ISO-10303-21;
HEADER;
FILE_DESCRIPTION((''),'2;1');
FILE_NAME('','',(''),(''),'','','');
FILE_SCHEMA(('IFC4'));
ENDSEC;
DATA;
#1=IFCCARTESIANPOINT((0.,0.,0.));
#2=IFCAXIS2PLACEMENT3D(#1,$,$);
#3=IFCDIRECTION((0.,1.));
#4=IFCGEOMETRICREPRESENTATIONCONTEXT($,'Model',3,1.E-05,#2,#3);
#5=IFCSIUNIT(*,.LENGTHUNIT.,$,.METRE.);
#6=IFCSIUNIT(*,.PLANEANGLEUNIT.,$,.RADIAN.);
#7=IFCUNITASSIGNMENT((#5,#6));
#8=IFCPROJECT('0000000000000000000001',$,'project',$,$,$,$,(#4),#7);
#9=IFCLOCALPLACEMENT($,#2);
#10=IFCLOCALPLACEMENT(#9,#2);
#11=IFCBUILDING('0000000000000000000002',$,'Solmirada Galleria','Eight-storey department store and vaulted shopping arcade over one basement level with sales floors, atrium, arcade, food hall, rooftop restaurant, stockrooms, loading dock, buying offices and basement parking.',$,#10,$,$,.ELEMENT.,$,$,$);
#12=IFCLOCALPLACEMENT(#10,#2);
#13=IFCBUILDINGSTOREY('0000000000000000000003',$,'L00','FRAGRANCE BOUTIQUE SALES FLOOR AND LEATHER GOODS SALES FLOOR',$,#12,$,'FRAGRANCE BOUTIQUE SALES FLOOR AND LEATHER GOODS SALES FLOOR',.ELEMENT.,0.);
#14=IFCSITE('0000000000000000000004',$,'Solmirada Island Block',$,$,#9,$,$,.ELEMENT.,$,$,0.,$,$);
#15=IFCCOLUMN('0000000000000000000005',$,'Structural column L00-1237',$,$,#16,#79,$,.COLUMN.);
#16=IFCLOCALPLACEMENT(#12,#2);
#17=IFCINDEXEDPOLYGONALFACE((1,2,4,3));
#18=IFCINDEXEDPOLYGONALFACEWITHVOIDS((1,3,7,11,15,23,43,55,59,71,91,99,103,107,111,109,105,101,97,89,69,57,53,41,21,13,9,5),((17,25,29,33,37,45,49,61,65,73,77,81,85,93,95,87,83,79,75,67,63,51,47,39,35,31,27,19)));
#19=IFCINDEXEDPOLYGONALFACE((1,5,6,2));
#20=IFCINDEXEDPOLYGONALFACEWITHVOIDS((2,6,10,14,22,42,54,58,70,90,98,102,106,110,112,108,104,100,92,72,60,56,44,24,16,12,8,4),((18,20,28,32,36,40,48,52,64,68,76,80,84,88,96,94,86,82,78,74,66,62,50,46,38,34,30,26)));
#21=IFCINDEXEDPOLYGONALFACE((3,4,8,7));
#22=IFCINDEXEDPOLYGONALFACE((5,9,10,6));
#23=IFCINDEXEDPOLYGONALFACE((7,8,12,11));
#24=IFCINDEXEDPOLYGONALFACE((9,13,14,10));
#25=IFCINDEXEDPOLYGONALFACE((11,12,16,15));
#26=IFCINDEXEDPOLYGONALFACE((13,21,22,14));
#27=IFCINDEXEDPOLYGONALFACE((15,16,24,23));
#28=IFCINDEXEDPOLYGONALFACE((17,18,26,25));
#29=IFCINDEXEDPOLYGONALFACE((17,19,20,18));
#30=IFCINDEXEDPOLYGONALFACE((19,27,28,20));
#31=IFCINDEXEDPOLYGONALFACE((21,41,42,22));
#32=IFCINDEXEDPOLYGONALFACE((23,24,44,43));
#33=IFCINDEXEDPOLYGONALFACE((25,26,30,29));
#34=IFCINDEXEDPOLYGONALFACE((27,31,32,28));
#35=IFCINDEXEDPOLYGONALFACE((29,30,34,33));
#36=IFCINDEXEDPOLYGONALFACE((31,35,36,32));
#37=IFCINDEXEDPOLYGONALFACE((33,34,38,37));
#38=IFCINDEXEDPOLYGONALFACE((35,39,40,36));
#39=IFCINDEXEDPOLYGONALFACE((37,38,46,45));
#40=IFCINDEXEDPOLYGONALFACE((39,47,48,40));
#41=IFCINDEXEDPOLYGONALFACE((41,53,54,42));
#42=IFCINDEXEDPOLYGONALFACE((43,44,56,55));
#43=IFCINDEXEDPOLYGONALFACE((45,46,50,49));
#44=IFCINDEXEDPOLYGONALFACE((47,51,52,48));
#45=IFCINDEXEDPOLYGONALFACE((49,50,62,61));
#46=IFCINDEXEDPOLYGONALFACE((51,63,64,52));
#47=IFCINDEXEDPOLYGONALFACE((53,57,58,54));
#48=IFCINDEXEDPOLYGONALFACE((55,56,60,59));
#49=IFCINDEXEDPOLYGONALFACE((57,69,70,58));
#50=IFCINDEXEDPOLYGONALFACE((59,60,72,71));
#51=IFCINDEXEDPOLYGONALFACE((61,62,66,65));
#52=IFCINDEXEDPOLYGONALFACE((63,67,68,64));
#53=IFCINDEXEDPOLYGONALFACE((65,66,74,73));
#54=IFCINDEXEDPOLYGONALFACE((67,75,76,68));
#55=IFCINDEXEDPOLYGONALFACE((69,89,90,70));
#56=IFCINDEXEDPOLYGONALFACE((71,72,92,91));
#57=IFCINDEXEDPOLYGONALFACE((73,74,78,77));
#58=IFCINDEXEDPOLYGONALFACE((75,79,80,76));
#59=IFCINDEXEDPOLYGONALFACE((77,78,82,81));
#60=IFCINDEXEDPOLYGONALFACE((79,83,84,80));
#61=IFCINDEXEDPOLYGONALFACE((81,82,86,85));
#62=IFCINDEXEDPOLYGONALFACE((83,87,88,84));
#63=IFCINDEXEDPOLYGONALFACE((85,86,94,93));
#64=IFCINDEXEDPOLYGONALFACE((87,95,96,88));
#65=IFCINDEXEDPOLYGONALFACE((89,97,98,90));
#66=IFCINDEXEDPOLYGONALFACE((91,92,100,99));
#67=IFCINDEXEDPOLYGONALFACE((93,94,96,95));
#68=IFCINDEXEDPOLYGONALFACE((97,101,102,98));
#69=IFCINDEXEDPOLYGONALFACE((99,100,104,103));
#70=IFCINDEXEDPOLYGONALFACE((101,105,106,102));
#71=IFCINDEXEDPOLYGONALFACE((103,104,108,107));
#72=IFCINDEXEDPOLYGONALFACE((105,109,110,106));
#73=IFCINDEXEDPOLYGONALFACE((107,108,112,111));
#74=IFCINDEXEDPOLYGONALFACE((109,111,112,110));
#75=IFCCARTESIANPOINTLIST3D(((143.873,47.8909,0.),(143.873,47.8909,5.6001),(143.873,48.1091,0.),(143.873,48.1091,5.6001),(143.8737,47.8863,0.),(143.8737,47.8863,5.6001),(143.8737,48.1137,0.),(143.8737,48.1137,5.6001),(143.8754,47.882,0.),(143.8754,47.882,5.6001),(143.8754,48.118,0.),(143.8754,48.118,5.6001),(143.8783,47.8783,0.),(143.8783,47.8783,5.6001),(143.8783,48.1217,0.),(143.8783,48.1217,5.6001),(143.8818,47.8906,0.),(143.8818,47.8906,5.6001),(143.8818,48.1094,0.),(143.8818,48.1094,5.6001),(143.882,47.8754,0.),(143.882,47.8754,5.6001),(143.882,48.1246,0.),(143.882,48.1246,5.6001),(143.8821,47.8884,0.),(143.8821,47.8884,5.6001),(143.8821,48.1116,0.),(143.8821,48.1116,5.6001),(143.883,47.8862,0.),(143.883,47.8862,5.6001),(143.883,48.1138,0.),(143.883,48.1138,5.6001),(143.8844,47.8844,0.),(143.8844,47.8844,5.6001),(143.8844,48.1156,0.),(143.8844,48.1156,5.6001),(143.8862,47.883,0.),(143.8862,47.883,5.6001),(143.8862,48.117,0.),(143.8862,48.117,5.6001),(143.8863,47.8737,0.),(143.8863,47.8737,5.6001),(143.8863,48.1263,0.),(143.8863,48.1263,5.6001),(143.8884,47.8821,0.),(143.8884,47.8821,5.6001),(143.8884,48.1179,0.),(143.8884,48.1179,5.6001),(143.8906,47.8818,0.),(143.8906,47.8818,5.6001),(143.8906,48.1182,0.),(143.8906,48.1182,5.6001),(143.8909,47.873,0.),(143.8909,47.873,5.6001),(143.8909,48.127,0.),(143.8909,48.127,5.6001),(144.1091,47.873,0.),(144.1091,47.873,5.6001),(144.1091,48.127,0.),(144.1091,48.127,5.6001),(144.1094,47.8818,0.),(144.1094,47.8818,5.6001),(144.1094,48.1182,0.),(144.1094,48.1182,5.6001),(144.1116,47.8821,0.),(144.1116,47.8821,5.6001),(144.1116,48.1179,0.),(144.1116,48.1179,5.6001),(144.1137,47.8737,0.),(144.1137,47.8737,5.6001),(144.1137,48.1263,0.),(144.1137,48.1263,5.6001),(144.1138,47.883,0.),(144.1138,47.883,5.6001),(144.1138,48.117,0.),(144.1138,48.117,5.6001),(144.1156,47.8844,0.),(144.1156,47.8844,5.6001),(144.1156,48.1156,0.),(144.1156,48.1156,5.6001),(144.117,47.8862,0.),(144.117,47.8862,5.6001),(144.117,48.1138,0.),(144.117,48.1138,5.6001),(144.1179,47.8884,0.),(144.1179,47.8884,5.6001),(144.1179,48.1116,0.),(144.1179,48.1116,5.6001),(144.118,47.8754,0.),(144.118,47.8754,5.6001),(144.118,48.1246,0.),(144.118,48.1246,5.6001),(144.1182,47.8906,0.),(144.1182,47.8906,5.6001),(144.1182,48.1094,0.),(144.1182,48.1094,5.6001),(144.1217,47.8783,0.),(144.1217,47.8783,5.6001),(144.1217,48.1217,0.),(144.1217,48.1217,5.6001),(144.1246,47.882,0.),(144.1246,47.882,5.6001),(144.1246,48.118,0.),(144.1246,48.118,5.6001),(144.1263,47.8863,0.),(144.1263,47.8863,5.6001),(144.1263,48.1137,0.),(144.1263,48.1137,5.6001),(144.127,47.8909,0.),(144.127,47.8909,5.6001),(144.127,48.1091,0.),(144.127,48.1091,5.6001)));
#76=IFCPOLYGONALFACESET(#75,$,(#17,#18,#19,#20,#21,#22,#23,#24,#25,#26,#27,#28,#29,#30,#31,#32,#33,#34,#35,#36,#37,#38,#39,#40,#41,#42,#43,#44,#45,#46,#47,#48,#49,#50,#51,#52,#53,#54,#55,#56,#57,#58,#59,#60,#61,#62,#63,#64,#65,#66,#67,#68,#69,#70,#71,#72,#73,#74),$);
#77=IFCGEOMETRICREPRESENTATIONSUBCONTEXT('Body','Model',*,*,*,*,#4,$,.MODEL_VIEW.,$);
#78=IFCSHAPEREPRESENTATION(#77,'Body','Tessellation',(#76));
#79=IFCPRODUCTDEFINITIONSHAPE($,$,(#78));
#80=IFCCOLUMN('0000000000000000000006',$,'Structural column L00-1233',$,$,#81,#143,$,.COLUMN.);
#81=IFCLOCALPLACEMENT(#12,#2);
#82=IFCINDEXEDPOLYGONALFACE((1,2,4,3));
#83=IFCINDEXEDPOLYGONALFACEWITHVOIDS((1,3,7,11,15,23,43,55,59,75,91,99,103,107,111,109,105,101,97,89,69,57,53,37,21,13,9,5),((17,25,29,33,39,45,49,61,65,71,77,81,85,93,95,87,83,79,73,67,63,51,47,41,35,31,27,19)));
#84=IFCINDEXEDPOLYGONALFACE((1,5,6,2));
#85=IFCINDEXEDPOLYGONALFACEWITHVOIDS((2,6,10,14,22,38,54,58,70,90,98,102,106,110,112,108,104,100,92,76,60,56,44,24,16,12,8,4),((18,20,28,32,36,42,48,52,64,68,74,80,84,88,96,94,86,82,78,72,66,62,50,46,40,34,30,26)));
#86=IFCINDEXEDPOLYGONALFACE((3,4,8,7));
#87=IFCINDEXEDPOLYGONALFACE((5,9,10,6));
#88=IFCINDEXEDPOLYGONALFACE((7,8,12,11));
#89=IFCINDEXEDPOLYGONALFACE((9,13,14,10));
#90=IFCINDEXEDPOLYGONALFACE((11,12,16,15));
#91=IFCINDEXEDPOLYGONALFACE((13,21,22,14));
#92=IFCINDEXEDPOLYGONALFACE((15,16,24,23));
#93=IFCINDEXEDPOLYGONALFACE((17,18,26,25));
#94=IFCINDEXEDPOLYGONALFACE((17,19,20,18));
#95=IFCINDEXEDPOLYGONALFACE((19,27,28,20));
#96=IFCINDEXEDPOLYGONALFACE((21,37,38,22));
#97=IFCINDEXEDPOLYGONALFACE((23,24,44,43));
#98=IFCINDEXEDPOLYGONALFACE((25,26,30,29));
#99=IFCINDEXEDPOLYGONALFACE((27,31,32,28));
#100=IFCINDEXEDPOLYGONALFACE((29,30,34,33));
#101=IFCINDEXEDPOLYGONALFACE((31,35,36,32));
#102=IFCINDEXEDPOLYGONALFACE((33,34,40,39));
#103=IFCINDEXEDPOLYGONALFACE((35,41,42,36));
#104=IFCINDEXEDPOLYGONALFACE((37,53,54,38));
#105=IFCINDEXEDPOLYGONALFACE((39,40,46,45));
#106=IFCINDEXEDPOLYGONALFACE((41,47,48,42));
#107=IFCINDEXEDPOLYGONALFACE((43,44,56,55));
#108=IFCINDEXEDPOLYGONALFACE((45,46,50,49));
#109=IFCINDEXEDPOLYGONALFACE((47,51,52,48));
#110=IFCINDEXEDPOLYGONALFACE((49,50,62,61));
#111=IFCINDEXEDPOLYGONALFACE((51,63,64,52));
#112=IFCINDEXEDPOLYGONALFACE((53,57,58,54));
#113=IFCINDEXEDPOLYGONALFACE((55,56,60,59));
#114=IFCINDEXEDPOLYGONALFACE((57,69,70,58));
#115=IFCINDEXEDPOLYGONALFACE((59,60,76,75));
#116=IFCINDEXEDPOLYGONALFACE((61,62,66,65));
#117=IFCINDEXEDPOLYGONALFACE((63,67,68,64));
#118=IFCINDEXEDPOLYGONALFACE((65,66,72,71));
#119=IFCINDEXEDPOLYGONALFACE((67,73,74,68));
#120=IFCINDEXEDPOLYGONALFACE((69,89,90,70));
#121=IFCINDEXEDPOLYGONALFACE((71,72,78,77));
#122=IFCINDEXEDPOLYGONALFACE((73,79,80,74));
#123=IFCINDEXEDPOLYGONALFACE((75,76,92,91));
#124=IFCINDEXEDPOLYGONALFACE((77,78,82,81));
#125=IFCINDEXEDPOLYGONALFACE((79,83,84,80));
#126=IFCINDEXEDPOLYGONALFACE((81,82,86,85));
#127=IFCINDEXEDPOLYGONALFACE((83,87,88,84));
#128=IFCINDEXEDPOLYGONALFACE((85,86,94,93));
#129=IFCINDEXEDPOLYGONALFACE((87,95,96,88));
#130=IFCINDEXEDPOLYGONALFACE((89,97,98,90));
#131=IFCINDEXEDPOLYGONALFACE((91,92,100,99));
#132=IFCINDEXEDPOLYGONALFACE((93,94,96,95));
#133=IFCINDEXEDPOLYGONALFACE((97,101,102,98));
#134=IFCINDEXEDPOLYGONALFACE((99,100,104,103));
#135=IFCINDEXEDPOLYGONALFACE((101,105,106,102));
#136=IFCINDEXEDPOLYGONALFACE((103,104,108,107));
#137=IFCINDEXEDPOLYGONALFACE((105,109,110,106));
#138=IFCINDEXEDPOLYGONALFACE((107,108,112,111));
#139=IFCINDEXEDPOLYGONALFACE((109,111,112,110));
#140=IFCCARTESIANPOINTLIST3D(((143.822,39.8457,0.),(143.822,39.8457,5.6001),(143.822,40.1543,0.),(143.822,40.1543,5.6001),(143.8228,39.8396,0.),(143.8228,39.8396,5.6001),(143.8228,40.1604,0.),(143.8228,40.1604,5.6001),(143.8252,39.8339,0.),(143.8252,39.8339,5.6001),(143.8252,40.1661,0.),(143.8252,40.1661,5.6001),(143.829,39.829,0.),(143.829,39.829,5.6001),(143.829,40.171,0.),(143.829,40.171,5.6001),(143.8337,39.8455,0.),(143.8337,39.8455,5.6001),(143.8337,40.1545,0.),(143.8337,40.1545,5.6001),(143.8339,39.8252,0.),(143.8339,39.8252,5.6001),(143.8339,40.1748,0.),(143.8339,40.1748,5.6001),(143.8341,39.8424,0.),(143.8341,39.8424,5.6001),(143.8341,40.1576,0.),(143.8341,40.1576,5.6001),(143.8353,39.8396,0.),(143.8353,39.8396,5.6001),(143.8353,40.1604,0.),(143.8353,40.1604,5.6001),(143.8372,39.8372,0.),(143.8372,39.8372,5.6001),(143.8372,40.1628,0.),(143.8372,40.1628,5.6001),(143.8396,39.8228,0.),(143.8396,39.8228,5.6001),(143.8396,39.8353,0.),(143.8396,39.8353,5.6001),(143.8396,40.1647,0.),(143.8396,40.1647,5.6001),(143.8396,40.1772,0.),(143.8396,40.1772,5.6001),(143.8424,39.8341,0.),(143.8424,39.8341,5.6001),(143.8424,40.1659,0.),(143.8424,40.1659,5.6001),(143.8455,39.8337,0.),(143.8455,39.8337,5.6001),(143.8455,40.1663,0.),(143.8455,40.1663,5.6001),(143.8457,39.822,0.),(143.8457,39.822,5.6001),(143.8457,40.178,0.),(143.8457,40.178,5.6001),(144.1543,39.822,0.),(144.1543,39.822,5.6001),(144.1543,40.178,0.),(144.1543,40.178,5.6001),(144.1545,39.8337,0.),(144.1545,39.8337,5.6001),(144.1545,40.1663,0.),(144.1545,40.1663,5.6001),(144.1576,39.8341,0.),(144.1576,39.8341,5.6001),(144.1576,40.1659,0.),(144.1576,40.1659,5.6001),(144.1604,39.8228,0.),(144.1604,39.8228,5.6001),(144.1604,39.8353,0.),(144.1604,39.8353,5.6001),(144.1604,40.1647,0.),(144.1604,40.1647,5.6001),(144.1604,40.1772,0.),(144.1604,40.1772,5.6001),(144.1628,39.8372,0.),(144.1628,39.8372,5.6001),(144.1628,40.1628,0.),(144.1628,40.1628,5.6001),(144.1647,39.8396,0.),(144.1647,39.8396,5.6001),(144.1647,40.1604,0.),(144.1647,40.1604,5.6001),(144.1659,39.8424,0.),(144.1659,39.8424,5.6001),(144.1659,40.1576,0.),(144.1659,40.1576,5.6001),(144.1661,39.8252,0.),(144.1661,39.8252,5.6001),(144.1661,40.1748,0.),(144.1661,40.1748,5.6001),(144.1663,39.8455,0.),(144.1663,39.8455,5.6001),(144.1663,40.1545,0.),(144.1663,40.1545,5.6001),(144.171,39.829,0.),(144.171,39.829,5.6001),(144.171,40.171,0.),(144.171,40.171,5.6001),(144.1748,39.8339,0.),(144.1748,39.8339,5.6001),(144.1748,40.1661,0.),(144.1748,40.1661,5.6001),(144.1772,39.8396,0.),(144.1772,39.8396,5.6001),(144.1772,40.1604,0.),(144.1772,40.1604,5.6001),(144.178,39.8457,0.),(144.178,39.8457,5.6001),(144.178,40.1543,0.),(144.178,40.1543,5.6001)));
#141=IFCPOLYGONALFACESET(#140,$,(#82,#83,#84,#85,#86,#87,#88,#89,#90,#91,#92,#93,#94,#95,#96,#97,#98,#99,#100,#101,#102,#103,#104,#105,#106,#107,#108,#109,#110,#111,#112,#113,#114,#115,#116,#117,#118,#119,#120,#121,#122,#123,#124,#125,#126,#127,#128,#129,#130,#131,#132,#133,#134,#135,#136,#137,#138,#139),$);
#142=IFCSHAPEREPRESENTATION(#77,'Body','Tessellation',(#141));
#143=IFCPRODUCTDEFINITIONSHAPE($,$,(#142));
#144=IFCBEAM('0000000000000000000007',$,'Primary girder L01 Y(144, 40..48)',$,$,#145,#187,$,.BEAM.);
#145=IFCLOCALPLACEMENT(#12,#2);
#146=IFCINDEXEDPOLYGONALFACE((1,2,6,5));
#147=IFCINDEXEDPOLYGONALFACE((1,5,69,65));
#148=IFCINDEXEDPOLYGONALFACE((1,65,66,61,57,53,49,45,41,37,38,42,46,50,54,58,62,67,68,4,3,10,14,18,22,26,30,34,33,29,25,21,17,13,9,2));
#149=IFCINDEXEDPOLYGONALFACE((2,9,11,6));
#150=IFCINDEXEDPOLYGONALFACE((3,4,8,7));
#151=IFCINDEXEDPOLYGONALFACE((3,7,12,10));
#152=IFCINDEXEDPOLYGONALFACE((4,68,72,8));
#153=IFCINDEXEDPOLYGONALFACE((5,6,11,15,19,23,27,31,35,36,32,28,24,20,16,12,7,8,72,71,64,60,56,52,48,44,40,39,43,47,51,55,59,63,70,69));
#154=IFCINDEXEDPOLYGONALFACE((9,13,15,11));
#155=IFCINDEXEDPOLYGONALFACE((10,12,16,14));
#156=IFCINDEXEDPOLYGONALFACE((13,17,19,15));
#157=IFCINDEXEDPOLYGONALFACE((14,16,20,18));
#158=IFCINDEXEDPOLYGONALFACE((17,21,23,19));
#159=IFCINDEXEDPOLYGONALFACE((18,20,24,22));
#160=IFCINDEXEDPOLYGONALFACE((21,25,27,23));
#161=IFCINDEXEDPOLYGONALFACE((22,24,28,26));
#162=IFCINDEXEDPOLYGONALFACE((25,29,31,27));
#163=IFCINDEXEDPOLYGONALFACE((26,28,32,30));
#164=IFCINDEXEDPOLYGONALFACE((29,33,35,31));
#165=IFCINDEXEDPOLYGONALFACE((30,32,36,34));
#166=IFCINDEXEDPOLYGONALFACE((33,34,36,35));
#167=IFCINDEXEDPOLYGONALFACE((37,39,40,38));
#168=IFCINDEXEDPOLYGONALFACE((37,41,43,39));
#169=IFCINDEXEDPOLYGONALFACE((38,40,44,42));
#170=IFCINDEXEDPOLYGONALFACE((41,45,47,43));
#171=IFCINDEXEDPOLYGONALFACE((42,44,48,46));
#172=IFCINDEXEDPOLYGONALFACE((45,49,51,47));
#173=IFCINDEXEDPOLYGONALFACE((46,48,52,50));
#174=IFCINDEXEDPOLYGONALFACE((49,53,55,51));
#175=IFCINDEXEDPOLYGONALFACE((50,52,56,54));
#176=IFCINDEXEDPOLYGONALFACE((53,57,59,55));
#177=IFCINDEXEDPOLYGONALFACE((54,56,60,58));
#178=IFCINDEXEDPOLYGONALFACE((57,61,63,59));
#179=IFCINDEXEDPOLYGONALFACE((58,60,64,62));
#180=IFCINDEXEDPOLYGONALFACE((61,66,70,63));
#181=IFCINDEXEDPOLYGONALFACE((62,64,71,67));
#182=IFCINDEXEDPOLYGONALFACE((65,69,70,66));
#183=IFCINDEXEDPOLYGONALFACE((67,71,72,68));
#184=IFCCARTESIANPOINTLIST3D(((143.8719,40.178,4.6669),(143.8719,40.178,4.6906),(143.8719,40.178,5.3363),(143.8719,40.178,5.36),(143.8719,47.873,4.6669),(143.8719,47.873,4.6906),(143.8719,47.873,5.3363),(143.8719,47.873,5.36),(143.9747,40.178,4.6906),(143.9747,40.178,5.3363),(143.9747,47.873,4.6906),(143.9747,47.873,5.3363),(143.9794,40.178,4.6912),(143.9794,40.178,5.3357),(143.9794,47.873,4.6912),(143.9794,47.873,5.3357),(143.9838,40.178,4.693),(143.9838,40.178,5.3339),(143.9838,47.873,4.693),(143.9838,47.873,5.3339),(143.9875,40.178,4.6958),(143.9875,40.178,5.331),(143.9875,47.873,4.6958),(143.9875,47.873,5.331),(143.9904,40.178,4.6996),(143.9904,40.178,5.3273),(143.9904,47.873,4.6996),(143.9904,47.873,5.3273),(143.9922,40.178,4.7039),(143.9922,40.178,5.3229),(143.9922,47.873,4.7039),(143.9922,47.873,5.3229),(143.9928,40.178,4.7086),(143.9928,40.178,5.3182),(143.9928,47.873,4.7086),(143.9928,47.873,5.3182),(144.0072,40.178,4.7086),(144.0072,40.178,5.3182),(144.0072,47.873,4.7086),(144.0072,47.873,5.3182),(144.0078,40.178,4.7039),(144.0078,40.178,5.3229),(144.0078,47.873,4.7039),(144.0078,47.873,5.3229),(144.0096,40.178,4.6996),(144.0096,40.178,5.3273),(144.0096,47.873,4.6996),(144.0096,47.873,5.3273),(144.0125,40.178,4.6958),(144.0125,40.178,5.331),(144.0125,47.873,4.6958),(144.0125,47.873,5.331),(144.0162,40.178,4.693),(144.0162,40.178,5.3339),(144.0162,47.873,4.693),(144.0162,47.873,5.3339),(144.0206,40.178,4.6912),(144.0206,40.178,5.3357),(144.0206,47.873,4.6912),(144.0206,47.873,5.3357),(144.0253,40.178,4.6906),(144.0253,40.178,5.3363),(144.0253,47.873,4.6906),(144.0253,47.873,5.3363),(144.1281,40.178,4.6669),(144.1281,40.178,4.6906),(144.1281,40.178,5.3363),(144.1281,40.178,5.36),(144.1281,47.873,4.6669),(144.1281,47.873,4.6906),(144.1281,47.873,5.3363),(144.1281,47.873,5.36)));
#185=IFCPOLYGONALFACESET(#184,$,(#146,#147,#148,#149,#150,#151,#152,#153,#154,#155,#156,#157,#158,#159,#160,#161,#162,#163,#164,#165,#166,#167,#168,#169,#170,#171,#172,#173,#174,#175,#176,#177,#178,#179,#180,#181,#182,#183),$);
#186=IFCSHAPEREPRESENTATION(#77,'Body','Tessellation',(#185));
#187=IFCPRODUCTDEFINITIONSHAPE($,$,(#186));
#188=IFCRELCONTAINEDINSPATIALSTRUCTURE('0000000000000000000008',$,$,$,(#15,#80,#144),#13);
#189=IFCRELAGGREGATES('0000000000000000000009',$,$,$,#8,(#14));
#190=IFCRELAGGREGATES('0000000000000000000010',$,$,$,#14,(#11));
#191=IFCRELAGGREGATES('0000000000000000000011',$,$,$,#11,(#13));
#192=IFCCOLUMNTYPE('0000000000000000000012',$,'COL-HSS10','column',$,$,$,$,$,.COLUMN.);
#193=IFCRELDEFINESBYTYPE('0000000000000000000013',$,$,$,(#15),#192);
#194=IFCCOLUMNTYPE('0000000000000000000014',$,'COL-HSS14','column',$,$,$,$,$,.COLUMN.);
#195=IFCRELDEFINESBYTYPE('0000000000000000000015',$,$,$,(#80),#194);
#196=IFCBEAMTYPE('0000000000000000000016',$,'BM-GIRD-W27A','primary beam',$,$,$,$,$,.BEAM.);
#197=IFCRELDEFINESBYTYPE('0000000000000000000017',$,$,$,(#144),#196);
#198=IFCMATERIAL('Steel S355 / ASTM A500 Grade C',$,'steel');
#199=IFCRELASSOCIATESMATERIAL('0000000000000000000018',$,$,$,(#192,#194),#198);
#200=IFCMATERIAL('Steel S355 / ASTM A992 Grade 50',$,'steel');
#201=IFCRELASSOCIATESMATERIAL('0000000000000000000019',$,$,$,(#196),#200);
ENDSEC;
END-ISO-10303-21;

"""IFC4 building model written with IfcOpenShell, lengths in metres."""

from ifc_helpers import new_model, si_unit, direction, frame, origin, origin_2d, place, context, subcontext, project, spatial, hollow_rectangle, i_section, extrude, material, material_profile, profile_set, type_object, element, save


model = new_model("IFC4")

# Units and contexts
model_context = context("Model", 3, precision=1e-05, world=origin(), true_north=direction((0.0, 1.0)))
body_context = subcontext(model_context, "Body", "Model", "MODEL_VIEW")
ifc_project = project(units=[si_unit("LENGTHUNIT", "METRE"), si_unit("PLANEANGLEUNIT", "RADIAN")], contexts=[model_context])

# Site, building, storey
site_placement = place(None, origin())
site = spatial("IfcSite", under=ifc_project, at=site_placement, Name="Solmirada Island Block", CompositionType="ELEMENT", RefElevation=0.0)
building_placement = place(site_placement, origin())
building = spatial("IfcBuilding", under=site, at=building_placement, Name="Solmirada Galleria", Description="Eight-storey department store and vaulted shopping arcade over one basement level with sales floors, atrium, arcade, food hall, rooftop restaurant, stockrooms, loading dock, buying offices and basement parking.", CompositionType="ELEMENT")
storey_placement = place(building_placement, origin())
storey = spatial("IfcBuildingStorey", under=building, at=storey_placement, Name="L00", Description="FRAGRANCE BOUTIQUE SALES FLOOR AND LEATHER GOODS SALES FLOOR", LongName="FRAGRANCE BOUTIQUE SALES FLOOR AND LEATHER GOODS SALES FLOOR", CompositionType="ELEMENT", Elevation=0.0)

# Columns
ifc_material_1 = material(Name="Steel S355 / ASTM A500 Grade C", Category="steel")
ifc_material_profile_1 = material_profile(ifc_material_1, hollow_rectangle(XDim=0.2539, YDim=0.2539, WallThickness=0.0088, InnerFilletRadius=0.0088, OuterFilletRadius=0.0178, at=origin_2d()), Name="HSS10X10X3/8")
ifc_profile_set_1 = profile_set([ifc_material_profile_1], Name="Steel S355 / ASTM A500 Grade C")
column_type_1 = type_object("IfcColumnType", Name="COL-HSS10", Description="column", PredefinedType="COLUMN", material=ifc_profile_set_1)
column_1_placement = place(storey_placement, frame((144.0, 48.0, 0.0), z_axis=(0.0, 0.0, 1.0), x_axis=(1.0, 0.0, 0.0)))
element("IfcColumn", 1, at=column_1_placement, inside=storey, type_object=column_type_1, Name="Structural column L00-1237", PredefinedType="COLUMN", context=body_context, shape_type="SweptSolid", body=[
    extrude(hollow_rectangle(XDim=0.2539, YDim=0.2539, WallThickness=0.0088, InnerFilletRadius=0.0088, OuterFilletRadius=0.0178, at=origin_2d()), origin(), (0.0, 0.0, 1.0), 5.6001),
])
ifc_material_profile_2 = material_profile(ifc_material_1, hollow_rectangle(XDim=0.356, YDim=0.356, WallThickness=0.0117, InnerFilletRadius=0.0117, OuterFilletRadius=0.0237, at=origin_2d()), Name="HSS14X14X1/2")
ifc_profile_set_2 = profile_set([ifc_material_profile_2], Name="Steel S355 / ASTM A500 Grade C")
column_type_2 = type_object("IfcColumnType", Name="COL-HSS14", Description="column", PredefinedType="COLUMN", material=ifc_profile_set_2)
column_2_placement = place(storey_placement, frame((144.0, 40.0, 0.0), z_axis=(0.0, 0.0, 1.0), x_axis=(1.0, 0.0, 0.0)))
element("IfcColumn", 2, at=column_2_placement, inside=storey, type_object=column_type_2, Name="Structural column L00-1233", PredefinedType="COLUMN", context=body_context, shape_type="SweptSolid", body=[
    extrude(hollow_rectangle(XDim=0.356, YDim=0.356, WallThickness=0.0117, InnerFilletRadius=0.0117, OuterFilletRadius=0.0237, at=origin_2d()), origin(), (0.0, 0.0, 1.0), 5.6001),
])

# Beam
ifc_material_2 = material(Name="Steel S355 / ASTM A992 Grade 50", Category="steel")
ifc_material_profile_3 = material_profile(ifc_material_2, i_section(OverallWidth=0.2561, OverallDepth=0.6931, WebThickness=0.0144, FlangeThickness=0.0237, FilletRadius=0.0181, at=origin_2d()), Name="W27X114")
ifc_profile_set_3 = profile_set([ifc_material_profile_3], Name="Steel S355 / ASTM A992 Grade 50")
beam_type = type_object("IfcBeamType", Name="BM-GIRD-W27A", Description="primary beam", PredefinedType="BEAM", material=ifc_profile_set_3)
beam_placement = place(storey_placement, frame((144.0, 40.178, 5.0134), z_axis=(0.0, 1.0, 0.0), x_axis=(-1.0, 0.0, 0.0)))
element("IfcBeam", 3, at=beam_placement, inside=storey, type_object=beam_type, Name="Primary girder L01 Y(144, 40..48)", PredefinedType="BEAM", context=body_context, shape_type="SweptSolid", body=[
    extrude(i_section(OverallWidth=0.2561, OverallDepth=0.6931, WebThickness=0.0144, FlangeThickness=0.0237, FilletRadius=0.0181, at=origin_2d()), origin(), (0.0, 0.0, 1.0), 7.6951),
])

save(model, "model.ifc")
